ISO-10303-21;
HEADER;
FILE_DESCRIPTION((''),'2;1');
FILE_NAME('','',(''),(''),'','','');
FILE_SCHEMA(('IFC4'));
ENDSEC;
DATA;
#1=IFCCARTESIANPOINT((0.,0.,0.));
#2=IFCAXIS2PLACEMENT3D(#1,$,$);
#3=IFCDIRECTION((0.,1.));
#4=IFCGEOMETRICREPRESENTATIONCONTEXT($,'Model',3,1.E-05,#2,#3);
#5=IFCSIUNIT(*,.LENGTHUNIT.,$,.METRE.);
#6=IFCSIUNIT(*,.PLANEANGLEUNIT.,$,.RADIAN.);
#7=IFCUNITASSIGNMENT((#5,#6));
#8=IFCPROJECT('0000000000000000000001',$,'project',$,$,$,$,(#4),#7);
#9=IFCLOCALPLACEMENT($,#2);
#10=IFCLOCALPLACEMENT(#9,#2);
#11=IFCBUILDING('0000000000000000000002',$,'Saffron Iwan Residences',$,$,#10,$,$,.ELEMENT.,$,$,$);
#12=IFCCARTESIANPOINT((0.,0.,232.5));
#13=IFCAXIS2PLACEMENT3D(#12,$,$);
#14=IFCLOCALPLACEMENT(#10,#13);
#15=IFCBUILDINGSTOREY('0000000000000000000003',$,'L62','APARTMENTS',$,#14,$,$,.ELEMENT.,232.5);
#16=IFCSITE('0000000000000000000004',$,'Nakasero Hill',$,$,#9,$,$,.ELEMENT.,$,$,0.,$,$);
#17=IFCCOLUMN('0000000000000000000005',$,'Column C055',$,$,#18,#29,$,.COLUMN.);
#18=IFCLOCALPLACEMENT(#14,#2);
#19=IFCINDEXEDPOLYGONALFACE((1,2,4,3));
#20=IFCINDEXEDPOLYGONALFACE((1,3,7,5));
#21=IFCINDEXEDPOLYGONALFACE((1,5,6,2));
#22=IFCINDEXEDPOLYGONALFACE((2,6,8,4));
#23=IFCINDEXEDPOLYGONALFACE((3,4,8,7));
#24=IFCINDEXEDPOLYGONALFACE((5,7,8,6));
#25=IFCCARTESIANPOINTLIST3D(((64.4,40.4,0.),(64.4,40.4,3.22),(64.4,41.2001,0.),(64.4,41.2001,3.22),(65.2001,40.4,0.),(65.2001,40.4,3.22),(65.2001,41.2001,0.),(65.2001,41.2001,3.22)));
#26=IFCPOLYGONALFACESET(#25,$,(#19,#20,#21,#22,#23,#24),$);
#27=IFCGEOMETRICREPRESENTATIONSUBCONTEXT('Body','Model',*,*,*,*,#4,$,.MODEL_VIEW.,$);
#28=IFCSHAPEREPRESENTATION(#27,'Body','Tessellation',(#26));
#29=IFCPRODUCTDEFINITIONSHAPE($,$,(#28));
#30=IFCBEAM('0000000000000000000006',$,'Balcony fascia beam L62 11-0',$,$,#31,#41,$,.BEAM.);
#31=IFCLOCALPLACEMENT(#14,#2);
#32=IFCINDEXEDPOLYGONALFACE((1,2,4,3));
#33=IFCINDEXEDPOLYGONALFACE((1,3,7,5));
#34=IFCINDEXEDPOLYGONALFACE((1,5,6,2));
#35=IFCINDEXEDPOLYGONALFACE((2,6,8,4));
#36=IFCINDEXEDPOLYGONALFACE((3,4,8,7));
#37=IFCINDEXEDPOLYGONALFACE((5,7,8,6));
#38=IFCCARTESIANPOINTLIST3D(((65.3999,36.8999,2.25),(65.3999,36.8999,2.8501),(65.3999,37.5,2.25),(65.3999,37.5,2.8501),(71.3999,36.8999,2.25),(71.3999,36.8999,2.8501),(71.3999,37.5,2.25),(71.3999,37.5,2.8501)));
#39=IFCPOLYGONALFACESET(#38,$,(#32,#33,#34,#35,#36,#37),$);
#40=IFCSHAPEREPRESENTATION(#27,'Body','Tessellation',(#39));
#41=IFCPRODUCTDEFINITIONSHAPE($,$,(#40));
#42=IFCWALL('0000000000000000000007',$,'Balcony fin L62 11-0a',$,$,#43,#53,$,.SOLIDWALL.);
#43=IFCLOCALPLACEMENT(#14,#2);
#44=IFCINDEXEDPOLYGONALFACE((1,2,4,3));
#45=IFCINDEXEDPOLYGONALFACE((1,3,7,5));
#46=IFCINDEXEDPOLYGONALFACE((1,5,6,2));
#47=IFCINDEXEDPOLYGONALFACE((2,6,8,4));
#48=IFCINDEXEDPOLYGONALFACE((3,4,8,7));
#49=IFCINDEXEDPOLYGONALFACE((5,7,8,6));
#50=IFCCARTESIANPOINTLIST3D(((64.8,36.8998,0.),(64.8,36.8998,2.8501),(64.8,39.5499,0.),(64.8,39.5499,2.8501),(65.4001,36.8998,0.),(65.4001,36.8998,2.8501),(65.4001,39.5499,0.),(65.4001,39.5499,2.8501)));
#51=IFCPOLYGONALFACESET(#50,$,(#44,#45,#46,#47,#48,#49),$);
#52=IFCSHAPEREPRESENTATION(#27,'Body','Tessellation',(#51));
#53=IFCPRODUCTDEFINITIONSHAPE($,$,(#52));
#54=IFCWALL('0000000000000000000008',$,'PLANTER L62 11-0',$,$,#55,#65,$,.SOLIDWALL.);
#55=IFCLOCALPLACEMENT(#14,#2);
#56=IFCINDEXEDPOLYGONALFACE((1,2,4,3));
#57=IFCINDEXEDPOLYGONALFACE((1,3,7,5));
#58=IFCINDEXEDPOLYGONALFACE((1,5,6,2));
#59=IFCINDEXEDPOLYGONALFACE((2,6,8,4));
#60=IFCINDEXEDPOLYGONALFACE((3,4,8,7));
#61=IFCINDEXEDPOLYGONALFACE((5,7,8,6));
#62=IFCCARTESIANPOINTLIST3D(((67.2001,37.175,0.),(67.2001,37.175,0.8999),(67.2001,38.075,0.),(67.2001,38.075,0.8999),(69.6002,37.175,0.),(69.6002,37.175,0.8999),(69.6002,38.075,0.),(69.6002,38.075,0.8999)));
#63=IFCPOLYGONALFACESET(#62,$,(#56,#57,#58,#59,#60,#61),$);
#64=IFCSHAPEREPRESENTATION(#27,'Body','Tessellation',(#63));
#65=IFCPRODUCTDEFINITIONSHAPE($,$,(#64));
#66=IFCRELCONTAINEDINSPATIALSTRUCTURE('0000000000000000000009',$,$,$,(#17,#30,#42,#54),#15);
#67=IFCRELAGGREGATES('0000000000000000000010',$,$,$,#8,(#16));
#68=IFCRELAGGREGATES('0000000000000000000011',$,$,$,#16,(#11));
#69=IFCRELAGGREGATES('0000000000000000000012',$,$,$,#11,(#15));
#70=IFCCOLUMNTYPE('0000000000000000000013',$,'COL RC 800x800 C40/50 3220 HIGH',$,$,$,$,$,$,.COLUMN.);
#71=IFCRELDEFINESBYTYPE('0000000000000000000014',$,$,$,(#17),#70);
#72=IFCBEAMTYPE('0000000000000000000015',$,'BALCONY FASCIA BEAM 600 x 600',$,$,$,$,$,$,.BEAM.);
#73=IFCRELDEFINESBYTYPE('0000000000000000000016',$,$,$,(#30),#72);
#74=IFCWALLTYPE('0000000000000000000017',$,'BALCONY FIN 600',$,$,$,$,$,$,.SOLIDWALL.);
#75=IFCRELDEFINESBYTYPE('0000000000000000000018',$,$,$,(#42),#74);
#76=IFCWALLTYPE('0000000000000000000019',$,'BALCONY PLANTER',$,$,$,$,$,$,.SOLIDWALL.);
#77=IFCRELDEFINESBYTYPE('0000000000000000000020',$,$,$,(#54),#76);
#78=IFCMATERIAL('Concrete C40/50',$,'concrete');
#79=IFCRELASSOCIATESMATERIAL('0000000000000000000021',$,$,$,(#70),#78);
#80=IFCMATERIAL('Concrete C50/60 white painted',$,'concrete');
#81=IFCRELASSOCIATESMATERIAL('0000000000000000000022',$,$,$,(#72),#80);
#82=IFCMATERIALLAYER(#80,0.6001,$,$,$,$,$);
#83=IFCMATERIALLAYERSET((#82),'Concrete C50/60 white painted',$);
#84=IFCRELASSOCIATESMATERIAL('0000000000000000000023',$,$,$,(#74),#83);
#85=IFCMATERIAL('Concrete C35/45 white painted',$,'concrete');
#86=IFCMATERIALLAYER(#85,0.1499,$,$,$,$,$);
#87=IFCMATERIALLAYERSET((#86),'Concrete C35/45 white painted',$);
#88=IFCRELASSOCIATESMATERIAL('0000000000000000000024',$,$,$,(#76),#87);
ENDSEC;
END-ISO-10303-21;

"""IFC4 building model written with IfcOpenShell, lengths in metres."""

from ifc_helpers import new_model, si_unit, direction, frame, frame_2d, origin, origin_2d, place, context, subcontext, project, spatial, rectangle, extrude, source, transform, mapped, material, layer, layer_set, material_profile, profile_set, type_object, element, save


model = new_model("IFC4")

# Units and contexts
model_context = context("Model", 3, precision=1e-05, world=origin(), true_north=direction((0.0, 1.0)))
body_context = subcontext(model_context, "Body", "Model", "MODEL_VIEW")
ifc_project = project(units=[si_unit("LENGTHUNIT", "METRE"), si_unit("PLANEANGLEUNIT", "RADIAN")], contexts=[model_context])

# Site, building, storey
site_placement = place(None, origin())
site = spatial("IfcSite", under=ifc_project, at=site_placement, Name="Nakasero Hill", CompositionType="ELEMENT", RefElevation=0.0)
building_placement = place(site_placement, origin())
building = spatial("IfcBuilding", under=site, at=building_placement, Name="Saffron Iwan Residences", CompositionType="ELEMENT")
storey_placement = place(building_placement, frame((0.0, 0.0, 232.5)))
storey = spatial("IfcBuildingStorey", under=building, at=storey_placement, Name="L62", Description="APARTMENTS", CompositionType="ELEMENT", Elevation=232.5)

# Column
ifc_material_1 = material(Name="Concrete C40/50", Category="concrete")
ifc_material_profile_1 = material_profile(ifc_material_1, rectangle(XDim=0.8, YDim=0.8, at=origin_2d()), Name="RC 800x800")
ifc_profile_set_1 = profile_set([ifc_material_profile_1], Name="Concrete C40/50")
column_type = type_object("IfcColumnType", Name="COL RC 800x800 C40/50 3220 HIGH", PredefinedType="COLUMN", material=ifc_profile_set_1)
shared_shape_1 = source(origin(), body_context, "Body", "SweptSolid", [
    extrude(rectangle(XDim=0.8, YDim=0.8, at=origin_2d()), origin(), (0.0, 0.0, 1.0), 3.22),
])
column_placement = place(storey_placement, frame((64.8, 40.8, 0.0), z_axis=(0.0, 0.0, 1.0), x_axis=(1.0, 0.0, 0.0)))
element("IfcColumn", 1, at=column_placement, inside=storey, type_object=column_type, Name="Column C055", PredefinedType="COLUMN", context=body_context, shape_type="MappedRepresentation", body=[
    mapped(shared_shape_1, transform((0.0, 0.0, 0.0))),
])

# Beam
ifc_material_2 = material(Name="Concrete C50/60 white painted", Category="concrete")
ifc_material_profile_2 = material_profile(ifc_material_2, rectangle(XDim=0.6001, YDim=0.6001, at=origin_2d()), Name="BALCONY FASCIA BEAM 600 x 600")
ifc_profile_set_2 = profile_set([ifc_material_profile_2], Name="Concrete C50/60 white painted")
beam_type = type_object("IfcBeamType", Name="BALCONY FASCIA BEAM 600 x 600", PredefinedType="BEAM", material=ifc_profile_set_2)
shared_shape_2 = source(origin(), body_context, "Body", "SweptSolid", [
    extrude(rectangle(XDim=0.6001, YDim=0.6001, at=origin_2d()), origin(), (0.0, 0.0, 1.0), 6.0),
])
beam_placement = place(storey_placement, frame((65.3999, 37.2, 2.55), z_axis=(1.0, 0.0, 0.0), x_axis=(0.0, 1.0, 0.0)))
element("IfcBeam", 2, at=beam_placement, inside=storey, type_object=beam_type, Name="Balcony fascia beam L62 11-0", PredefinedType="BEAM", context=body_context, shape_type="MappedRepresentation", body=[
    mapped(shared_shape_2, transform((0.0, 0.0, 0.0))),
])

# Walls
ifc_layer_1 = layer(ifc_material_2, 0.6001)
ifc_layer_set_1 = layer_set([ifc_layer_1], Name="Concrete C50/60 white painted")
wall_type_1 = type_object("IfcWallType", Name="BALCONY FIN 600", PredefinedType="SOLIDWALL", material=ifc_layer_set_1)
wall_1_placement = place(storey_placement, frame((65.1001, 39.55, 0.0), z_axis=(0.0, 0.0, 1.0), x_axis=(0.0, -1.0, 0.0)))
element("IfcWall", 3, at=wall_1_placement, inside=storey, type_object=wall_type_1, Name="Balcony fin L62 11-0a", PredefinedType="SOLIDWALL", context=body_context, shape_type="SweptSolid", body=[
    extrude(rectangle(XDim=2.6501, YDim=0.6001, at=frame_2d((1.3252, 0.0))), origin(), (0.0, 0.0, 1.0), 2.8501),
])
ifc_material_3 = material(Name="Concrete C35/45 white painted", Category="concrete")
ifc_layer_2 = layer(ifc_material_3, 0.1499)
ifc_layer_set_2 = layer_set([ifc_layer_2], Name="Concrete C35/45 white painted")
wall_type_2 = type_object("IfcWallType", Name="BALCONY PLANTER", PredefinedType="SOLIDWALL", material=ifc_layer_set_2)
wall_2_placement = place(storey_placement, frame((67.2, 37.625, 0.0), z_axis=(0.0, 0.0, 1.0), x_axis=(1.0, 0.0, 0.0)))
element("IfcWall", 4, at=wall_2_placement, inside=storey, type_object=wall_type_2, Name="PLANTER L62 11-0", PredefinedType="SOLIDWALL", context=body_context, shape_type="SweptSolid", body=[
    extrude(rectangle(XDim=2.4001, YDim=0.8999, at=frame_2d((1.2002, 0.0))), origin(), (0.0, 0.0, 1.0), 0.8999),
])

save(model, "model.ifc")
